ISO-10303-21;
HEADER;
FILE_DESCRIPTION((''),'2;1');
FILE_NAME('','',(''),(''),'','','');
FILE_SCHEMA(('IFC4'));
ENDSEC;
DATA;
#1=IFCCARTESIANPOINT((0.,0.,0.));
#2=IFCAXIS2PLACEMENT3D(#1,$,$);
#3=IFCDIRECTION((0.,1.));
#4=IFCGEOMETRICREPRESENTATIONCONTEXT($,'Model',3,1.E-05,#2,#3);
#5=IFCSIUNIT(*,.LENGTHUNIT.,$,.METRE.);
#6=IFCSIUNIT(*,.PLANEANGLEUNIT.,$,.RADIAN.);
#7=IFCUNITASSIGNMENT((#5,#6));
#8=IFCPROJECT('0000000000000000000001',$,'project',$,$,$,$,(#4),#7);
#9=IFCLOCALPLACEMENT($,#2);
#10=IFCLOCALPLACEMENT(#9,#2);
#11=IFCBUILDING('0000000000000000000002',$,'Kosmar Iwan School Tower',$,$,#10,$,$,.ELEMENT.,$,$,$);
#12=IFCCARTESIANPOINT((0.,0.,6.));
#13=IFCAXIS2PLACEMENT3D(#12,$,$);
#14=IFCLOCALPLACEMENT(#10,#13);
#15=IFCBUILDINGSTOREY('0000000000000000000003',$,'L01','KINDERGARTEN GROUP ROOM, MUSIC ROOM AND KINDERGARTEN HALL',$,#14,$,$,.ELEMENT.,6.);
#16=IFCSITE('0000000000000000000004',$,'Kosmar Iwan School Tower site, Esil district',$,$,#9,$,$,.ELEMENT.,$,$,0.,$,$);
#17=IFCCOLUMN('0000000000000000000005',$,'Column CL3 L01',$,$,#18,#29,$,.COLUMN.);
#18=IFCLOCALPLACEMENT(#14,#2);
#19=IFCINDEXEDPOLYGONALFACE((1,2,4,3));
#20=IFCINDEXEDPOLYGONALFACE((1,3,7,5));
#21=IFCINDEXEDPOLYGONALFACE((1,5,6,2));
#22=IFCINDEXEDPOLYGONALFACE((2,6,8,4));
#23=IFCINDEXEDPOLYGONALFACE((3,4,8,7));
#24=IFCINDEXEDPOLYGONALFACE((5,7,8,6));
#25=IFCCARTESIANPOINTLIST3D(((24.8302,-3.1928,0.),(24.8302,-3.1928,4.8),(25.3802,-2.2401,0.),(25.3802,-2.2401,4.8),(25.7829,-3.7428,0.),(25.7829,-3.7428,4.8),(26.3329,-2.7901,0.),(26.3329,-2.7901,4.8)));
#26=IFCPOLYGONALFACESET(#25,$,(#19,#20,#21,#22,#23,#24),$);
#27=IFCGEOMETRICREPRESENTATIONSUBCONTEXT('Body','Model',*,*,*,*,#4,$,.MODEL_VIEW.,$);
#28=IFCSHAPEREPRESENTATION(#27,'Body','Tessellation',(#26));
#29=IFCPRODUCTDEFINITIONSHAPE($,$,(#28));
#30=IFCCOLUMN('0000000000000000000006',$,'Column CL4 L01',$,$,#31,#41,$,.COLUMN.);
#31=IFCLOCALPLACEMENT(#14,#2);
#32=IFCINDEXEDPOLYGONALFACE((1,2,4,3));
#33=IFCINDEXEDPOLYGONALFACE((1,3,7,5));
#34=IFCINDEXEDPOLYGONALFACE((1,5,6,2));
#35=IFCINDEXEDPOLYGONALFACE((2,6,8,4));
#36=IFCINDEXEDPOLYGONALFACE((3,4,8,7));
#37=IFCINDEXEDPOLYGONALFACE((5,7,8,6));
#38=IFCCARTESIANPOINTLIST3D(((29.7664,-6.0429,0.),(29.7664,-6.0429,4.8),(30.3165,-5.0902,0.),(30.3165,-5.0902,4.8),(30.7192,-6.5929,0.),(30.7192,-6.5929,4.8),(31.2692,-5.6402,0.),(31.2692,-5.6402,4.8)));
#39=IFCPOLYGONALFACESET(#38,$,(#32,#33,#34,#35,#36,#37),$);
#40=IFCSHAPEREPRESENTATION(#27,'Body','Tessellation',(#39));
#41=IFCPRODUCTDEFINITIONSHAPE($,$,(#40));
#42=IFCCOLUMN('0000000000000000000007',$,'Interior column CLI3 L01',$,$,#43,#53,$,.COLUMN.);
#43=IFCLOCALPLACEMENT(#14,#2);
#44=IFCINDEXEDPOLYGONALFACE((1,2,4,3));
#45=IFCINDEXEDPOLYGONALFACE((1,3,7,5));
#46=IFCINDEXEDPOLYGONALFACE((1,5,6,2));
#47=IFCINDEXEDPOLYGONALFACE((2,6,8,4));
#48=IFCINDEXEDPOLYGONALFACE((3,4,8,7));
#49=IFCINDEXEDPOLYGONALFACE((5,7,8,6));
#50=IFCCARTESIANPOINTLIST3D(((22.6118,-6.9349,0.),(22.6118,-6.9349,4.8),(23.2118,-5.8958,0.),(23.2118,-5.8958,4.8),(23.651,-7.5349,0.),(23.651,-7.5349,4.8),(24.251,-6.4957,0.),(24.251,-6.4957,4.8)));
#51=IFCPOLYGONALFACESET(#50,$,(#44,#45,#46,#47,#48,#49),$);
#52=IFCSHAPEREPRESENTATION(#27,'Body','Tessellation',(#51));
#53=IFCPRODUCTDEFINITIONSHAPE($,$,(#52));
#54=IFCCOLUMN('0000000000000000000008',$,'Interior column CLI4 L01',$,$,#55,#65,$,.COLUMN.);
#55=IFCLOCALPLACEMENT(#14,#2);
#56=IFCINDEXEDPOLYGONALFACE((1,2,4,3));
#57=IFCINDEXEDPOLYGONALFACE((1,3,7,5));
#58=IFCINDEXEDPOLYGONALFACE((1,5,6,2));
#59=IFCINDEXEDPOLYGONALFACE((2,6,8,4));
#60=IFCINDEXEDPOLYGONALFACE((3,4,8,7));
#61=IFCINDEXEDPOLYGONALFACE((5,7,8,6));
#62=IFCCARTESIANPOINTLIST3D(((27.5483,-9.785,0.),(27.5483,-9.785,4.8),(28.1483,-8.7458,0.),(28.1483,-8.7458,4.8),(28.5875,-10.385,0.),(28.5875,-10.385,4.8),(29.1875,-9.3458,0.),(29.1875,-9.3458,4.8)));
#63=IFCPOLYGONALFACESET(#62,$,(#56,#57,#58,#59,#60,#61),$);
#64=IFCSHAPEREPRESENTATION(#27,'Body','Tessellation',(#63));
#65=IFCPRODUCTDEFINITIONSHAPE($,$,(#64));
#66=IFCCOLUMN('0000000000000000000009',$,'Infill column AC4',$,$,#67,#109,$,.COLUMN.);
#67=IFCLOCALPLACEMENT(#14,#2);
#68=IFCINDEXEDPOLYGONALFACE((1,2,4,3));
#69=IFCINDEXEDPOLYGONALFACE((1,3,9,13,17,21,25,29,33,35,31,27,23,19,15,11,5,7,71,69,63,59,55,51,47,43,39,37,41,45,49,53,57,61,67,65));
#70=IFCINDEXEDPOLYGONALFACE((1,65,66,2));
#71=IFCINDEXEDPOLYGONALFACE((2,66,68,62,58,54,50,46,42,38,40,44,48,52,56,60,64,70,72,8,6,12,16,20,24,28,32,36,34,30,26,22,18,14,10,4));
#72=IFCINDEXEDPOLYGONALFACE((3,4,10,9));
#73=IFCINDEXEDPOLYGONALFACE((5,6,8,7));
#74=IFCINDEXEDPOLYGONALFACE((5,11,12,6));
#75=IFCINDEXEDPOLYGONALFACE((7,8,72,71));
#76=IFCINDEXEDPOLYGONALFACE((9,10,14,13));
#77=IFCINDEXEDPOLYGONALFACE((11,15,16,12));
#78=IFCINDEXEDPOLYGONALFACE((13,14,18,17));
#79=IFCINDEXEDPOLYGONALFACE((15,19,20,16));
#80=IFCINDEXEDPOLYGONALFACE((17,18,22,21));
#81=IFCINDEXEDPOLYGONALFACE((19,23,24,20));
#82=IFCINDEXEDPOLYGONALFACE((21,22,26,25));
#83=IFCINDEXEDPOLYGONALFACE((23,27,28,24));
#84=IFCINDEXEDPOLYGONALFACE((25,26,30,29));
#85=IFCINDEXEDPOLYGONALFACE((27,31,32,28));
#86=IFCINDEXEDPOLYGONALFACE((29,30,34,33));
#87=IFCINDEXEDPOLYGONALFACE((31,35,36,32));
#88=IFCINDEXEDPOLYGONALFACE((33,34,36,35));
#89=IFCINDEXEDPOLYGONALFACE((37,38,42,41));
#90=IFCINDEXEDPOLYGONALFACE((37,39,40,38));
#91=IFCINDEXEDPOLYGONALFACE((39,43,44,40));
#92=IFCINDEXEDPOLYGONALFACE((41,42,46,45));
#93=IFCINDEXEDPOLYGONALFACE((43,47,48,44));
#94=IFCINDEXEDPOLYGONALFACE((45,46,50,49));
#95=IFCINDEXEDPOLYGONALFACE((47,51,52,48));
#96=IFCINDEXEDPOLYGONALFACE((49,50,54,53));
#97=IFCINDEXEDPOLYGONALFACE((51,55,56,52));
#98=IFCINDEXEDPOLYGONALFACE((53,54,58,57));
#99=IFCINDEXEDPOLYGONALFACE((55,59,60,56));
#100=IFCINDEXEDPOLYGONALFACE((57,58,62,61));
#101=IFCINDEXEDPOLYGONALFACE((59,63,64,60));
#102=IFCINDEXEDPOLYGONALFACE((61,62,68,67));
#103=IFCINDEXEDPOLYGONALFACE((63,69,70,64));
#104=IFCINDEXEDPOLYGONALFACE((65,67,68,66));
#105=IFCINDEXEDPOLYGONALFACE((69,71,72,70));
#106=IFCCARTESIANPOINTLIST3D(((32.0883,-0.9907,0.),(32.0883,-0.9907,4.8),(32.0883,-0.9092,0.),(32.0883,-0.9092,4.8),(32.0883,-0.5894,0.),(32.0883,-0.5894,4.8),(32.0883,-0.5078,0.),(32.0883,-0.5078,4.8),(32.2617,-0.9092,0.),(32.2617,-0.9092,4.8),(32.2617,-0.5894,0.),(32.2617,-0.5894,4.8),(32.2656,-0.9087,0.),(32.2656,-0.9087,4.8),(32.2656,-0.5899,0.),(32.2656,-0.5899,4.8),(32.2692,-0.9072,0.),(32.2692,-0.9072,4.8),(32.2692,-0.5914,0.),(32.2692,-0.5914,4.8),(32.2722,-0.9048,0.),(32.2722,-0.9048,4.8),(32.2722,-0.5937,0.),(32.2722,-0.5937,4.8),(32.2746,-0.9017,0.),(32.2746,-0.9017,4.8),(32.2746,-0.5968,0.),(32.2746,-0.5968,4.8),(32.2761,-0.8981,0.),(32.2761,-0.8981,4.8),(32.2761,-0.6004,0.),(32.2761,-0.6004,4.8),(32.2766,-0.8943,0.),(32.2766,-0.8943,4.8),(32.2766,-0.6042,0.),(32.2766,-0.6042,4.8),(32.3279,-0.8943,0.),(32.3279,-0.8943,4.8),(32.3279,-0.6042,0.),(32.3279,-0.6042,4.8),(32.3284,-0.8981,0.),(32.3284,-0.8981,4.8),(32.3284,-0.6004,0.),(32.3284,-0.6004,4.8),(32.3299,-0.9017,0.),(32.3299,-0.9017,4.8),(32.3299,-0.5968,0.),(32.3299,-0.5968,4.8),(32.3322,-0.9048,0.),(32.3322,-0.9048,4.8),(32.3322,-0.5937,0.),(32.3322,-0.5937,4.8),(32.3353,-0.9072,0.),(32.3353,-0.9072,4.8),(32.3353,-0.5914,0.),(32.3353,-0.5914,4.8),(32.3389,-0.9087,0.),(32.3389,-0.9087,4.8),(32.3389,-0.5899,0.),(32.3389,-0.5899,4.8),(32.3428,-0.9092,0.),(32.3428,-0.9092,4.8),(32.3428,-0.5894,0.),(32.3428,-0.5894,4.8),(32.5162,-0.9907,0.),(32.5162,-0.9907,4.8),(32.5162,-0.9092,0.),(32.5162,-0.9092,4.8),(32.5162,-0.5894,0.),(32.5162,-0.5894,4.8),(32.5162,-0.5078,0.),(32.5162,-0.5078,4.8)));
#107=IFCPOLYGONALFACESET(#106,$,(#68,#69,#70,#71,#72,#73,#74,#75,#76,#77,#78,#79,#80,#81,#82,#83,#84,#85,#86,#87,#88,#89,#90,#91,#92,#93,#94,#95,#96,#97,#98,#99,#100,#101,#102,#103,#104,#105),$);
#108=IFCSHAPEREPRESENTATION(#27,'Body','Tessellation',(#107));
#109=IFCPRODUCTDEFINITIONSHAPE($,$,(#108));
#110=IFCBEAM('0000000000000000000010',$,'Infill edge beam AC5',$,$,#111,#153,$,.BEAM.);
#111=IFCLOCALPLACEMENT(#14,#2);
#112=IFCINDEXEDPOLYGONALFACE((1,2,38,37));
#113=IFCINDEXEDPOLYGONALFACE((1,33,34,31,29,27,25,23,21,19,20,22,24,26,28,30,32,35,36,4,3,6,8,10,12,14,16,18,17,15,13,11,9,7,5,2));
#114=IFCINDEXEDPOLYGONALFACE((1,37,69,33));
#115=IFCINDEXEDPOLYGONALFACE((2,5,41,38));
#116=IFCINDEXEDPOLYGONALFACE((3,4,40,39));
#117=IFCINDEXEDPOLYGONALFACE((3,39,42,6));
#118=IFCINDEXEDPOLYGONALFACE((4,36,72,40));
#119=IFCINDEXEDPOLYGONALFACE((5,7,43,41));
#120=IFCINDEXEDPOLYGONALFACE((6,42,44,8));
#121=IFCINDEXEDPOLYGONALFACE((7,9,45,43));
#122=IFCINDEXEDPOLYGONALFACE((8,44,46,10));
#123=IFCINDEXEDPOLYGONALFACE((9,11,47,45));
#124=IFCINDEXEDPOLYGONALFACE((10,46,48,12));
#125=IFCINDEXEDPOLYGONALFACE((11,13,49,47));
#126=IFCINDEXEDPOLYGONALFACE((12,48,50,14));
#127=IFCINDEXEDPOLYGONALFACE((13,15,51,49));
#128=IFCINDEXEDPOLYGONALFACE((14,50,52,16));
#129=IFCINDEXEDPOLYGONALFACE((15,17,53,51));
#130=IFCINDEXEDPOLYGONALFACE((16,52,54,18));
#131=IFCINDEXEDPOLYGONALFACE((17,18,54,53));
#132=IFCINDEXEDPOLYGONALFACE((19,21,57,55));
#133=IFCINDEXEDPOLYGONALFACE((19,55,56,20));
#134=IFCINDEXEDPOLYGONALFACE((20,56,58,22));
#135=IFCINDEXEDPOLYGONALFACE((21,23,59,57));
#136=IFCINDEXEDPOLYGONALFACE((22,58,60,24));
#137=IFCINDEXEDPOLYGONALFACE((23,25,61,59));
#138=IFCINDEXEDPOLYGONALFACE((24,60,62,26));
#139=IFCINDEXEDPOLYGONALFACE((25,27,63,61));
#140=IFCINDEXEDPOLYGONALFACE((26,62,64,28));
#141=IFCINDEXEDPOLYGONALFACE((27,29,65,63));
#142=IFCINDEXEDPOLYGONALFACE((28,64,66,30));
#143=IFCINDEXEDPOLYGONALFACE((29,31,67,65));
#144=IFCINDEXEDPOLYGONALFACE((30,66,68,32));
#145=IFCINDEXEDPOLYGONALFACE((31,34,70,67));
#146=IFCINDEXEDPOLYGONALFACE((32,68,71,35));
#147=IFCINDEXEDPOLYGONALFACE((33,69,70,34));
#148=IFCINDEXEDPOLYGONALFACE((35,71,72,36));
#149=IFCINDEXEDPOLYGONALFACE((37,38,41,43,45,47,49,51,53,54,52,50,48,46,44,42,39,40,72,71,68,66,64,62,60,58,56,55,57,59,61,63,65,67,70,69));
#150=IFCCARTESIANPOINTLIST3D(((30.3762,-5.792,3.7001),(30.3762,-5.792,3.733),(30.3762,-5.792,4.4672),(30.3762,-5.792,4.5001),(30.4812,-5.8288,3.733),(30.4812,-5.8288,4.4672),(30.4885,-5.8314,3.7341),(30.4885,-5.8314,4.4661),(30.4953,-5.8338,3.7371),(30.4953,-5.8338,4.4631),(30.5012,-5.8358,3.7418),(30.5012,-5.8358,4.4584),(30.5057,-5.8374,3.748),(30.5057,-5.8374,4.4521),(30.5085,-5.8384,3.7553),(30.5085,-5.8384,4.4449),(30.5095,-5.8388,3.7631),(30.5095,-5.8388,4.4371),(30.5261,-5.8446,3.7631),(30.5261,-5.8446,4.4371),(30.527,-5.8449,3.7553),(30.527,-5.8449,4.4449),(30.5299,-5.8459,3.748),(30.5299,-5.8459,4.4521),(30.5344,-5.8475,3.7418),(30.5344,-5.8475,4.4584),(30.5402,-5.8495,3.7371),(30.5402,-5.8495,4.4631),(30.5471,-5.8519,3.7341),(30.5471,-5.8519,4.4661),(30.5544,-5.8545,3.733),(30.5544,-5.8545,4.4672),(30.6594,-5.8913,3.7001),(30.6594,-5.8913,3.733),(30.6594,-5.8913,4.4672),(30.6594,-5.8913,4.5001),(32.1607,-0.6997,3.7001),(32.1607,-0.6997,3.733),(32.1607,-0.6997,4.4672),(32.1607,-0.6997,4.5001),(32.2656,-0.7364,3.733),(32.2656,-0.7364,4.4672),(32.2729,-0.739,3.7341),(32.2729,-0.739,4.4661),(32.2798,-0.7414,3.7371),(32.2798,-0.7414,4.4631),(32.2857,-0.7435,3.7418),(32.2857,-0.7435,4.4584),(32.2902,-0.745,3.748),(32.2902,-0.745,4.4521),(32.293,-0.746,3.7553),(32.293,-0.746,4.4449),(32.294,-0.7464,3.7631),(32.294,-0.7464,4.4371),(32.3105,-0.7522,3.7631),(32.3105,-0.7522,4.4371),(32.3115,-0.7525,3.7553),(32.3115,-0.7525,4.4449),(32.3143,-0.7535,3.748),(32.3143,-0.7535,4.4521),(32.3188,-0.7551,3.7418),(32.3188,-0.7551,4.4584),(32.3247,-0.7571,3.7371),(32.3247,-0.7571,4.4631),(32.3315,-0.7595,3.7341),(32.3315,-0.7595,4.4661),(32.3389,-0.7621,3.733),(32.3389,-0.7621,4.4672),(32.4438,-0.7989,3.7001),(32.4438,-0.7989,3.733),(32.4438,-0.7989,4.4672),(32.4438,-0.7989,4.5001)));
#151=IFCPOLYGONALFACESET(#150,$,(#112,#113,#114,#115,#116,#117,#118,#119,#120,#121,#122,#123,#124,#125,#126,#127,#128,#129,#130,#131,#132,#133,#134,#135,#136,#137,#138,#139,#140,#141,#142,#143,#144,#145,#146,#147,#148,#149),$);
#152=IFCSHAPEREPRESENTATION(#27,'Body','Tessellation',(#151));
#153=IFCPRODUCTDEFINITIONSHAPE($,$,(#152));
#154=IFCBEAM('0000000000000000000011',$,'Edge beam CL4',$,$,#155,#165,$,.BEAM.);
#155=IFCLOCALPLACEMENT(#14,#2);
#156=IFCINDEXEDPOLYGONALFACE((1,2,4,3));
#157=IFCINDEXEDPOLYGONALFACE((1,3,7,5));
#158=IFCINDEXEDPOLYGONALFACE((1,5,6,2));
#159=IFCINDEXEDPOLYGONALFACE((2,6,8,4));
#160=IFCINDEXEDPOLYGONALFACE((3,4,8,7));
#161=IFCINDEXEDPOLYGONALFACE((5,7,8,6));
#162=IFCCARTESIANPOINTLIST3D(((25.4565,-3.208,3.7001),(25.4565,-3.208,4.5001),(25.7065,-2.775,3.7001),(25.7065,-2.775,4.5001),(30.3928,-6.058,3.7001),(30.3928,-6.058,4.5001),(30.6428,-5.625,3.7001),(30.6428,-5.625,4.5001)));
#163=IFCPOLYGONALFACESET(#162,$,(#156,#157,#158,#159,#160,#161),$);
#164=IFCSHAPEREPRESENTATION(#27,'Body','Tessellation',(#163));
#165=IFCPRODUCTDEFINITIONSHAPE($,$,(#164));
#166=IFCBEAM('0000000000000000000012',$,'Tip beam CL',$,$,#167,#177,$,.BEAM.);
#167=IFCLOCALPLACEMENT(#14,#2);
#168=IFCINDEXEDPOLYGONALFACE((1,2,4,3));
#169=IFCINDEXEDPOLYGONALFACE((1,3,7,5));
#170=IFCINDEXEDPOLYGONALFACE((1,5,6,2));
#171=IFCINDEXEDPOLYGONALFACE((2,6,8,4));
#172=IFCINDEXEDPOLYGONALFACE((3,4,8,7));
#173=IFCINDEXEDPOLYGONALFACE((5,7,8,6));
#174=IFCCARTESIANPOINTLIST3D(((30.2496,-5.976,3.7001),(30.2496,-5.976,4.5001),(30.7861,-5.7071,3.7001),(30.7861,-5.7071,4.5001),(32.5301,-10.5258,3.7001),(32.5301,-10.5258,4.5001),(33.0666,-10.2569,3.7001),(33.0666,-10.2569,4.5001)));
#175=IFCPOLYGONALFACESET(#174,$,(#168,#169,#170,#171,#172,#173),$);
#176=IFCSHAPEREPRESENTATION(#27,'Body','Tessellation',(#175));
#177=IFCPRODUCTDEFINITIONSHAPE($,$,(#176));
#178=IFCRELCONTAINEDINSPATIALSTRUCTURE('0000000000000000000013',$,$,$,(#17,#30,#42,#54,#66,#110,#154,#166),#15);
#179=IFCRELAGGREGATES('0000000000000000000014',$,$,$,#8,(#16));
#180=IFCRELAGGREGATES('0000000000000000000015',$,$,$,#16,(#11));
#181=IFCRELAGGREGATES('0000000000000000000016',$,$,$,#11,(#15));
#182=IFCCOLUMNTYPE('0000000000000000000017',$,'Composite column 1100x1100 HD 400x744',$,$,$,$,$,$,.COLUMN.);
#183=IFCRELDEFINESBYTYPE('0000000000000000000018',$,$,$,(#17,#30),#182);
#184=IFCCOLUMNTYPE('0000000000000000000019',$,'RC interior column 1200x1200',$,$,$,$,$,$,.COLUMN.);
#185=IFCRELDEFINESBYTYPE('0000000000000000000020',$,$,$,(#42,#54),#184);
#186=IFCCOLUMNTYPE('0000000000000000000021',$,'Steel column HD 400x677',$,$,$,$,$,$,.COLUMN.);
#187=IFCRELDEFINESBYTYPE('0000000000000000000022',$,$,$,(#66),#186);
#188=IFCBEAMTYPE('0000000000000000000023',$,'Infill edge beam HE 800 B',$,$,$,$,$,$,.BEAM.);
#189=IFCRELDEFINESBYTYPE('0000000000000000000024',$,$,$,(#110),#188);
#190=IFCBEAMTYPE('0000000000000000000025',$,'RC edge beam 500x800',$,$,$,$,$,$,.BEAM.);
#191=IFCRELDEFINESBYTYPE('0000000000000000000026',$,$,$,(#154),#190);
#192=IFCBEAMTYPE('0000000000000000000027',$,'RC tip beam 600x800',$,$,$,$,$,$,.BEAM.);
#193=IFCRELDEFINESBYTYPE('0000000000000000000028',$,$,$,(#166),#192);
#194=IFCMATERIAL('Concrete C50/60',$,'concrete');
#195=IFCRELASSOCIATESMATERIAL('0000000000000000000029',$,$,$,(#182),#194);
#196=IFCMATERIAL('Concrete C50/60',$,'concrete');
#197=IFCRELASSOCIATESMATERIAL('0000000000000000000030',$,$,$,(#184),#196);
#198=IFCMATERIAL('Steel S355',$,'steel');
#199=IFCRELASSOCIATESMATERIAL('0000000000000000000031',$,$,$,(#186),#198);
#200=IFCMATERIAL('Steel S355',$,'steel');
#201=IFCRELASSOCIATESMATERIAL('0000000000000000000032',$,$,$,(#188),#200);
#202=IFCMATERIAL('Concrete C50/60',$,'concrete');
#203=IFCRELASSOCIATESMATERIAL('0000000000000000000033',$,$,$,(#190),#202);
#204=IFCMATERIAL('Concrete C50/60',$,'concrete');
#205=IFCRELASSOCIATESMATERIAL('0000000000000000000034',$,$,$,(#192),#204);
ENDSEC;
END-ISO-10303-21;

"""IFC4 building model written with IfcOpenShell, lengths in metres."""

from ifc_helpers import new_model, si_unit, direction, frame, origin, origin_2d, place, context, subcontext, project, spatial, rectangle, i_section, extrude, material, material_profile, profile_set, type_object, element, save


model = new_model("IFC4")

# Units and contexts
model_context = context("Model", 3, precision=1e-05, world=origin(), true_north=direction((0.0, 1.0)))
body_context = subcontext(model_context, "Body", "Model", "MODEL_VIEW")
ifc_project = project(units=[si_unit("LENGTHUNIT", "METRE"), si_unit("PLANEANGLEUNIT", "RADIAN")], contexts=[model_context])

# Site, building, storey
site_placement = place(None, origin())
site = spatial("IfcSite", under=ifc_project, at=site_placement, Name="Kosmar Iwan School Tower site, Esil district", CompositionType="ELEMENT", RefElevation=0.0)
building_placement = place(site_placement, origin())
building = spatial("IfcBuilding", under=site, at=building_placement, Name="Kosmar Iwan School Tower", CompositionType="ELEMENT")
storey_placement = place(building_placement, frame((0.0, 0.0, 6.0)))
storey = spatial("IfcBuildingStorey", under=building, at=storey_placement, Name="L01", Description="KINDERGARTEN GROUP ROOM, MUSIC ROOM AND KINDERGARTEN HALL", CompositionType="ELEMENT", Elevation=6.0)

# Columns
ifc_material_1 = material(Name="Concrete C50/60", Category="concrete")
ifc_material_profile_1 = material_profile(ifc_material_1, rectangle(XDim=1.1001, YDim=1.1001, at=origin_2d()), Name="RC 1100x1100 + HD 400x744")
ifc_profile_set_1 = profile_set([ifc_material_profile_1], Name="Concrete C50/60")
column_type_1 = type_object("IfcColumnType", Name="Composite column 1100x1100 HD 400x744", PredefinedType="COLUMN", material=ifc_profile_set_1)
for number, where, z_axis, x_axis, name in (
    (1, (25.5815, -2.9915, 0.0), (0.0, 0.0, 1.0), (0.866025, -0.5, 0.0), "Column CL3 L01"),
    (2, (30.5178, -5.8416, 0.0), (0.0, 0.0, 1.0), (0.866025, -0.5, 0.0), "Column CL4 L01"),
):
    element("IfcColumn", number, at=place(storey_placement, frame(where, z_axis=z_axis, x_axis=x_axis)), inside=storey, type_object=column_type_1, Name=name, PredefinedType="COLUMN", context=body_context, shape_type="SweptSolid", body=[
        extrude(rectangle(XDim=1.1001, YDim=1.1001, at=origin_2d()), origin(), (0.0, 0.0, 1.0), 4.8),
    ])
ifc_material_2 = material(Name="Concrete C50/60", Category="concrete")
ifc_material_profile_2 = material_profile(ifc_material_2, rectangle(XDim=1.2, YDim=1.2, at=origin_2d()), Name="RC 1200x1200")
ifc_profile_set_2 = profile_set([ifc_material_profile_2], Name="Concrete C50/60")
column_type_2 = type_object("IfcColumnType", Name="RC interior column 1200x1200", PredefinedType="COLUMN", material=ifc_profile_set_2)
for number, where, z_axis, x_axis, name in (
    (3, (23.4314, -6.7153, 0.0), (0.0, 0.0, 1.0), (0.866025, -0.5, 0.0), "Interior column CLI3 L01"),
    (4, (28.3679, -9.5654, 0.0), (0.0, 0.0, 1.0), (0.866025, -0.5, 0.0), "Interior column CLI4 L01"),
):
    element("IfcColumn", number, at=place(storey_placement, frame(where, z_axis=z_axis, x_axis=x_axis)), inside=storey, type_object=column_type_2, Name=name, PredefinedType="COLUMN", context=body_context, shape_type="SweptSolid", body=[
        extrude(rectangle(XDim=1.2, YDim=1.2, at=origin_2d()), origin(), (0.0, 0.0, 1.0), 4.8),
    ])
ifc_material_3 = material(Name="Steel S355", Category="steel")
ifc_material_profile_3 = material_profile(ifc_material_3, i_section(OverallWidth=0.428, OverallDepth=0.4829, WebThickness=0.0513, FlangeThickness=0.0815, FilletRadius=0.0149, at=origin_2d()), Name="HD 400x677")
ifc_profile_set_3 = profile_set([ifc_material_profile_3], Name="Steel S355")
column_type_3 = type_object("IfcColumnType", Name="Steel column HD 400x677", PredefinedType="COLUMN", material=ifc_profile_set_3)
column_placement = place(storey_placement, frame((32.3022, -0.7493, 0.0), z_axis=(0.0, 0.0, 1.0), x_axis=(1.0, 0.0, 0.0)))
element("IfcColumn", 5, at=column_placement, inside=storey, type_object=column_type_3, Name="Infill column AC4", PredefinedType="COLUMN", context=body_context, shape_type="SweptSolid", body=[
    extrude(i_section(OverallWidth=0.428, OverallDepth=0.4829, WebThickness=0.0513, FlangeThickness=0.0815, FilletRadius=0.0149, at=origin_2d()), origin(), (0.0, 0.0, 1.0), 4.8),
])

# Beams
ifc_material_4 = material(Name="Steel S355", Category="steel")
ifc_material_profile_4 = material_profile(ifc_material_4, i_section(OverallWidth=0.3, OverallDepth=0.8, WebThickness=0.0176, FlangeThickness=0.033, FilletRadius=0.03, at=origin_2d()), Name="HE 800 B")
ifc_profile_set_4 = profile_set([ifc_material_profile_4], Name="Steel S355")
beam_type_1 = type_object("IfcBeamType", Name="Infill edge beam HE 800 B", PredefinedType="BEAM", material=ifc_profile_set_4)
beam_1_placement = place(storey_placement, frame((32.3022, -0.7493, 4.1001), z_axis=(-0.330701, -0.943736, 0.0), x_axis=(0.943736, -0.330701, 0.0)))
element("IfcBeam", 6, at=beam_1_placement, inside=storey, type_object=beam_type_1, Name="Infill edge beam AC5", PredefinedType="BEAM", context=body_context, shape_type="SweptSolid", body=[
    extrude(i_section(OverallWidth=0.3, OverallDepth=0.8, WebThickness=0.0176, FlangeThickness=0.033, FilletRadius=0.03, at=origin_2d()), origin(), (0.0, 0.0, 1.0), 5.396),
])
ifc_material_5 = material(Name="Concrete C50/60", Category="concrete")
ifc_material_profile_5 = material_profile(ifc_material_5, rectangle(XDim=0.5, YDim=0.8, at=origin_2d()), Name="RC 500x800")
ifc_profile_set_5 = profile_set([ifc_material_profile_5], Name="Concrete C50/60")
beam_type_2 = type_object("IfcBeamType", Name="RC edge beam 500x800", PredefinedType="BEAM", material=ifc_profile_set_5)
beam_2_placement = place(storey_placement, frame((25.5815, -2.9915, 4.1001), z_axis=(0.866015, -0.500018, 0.0), x_axis=(0.500018, 0.866015, 0.0)))
element("IfcBeam", 7, at=beam_2_placement, inside=storey, type_object=beam_type_2, Name="Edge beam CL4", PredefinedType="BEAM", context=body_context, shape_type="SweptSolid", body=[
    extrude(rectangle(XDim=0.5, YDim=0.8, at=origin_2d()), origin(), (0.0, 0.0, 1.0), 5.7),
])
ifc_material_6 = material(Name="Concrete C50/60", Category="concrete")
ifc_material_profile_6 = material_profile(ifc_material_6, rectangle(XDim=0.6001, YDim=0.8, at=origin_2d()), Name="RC 600x800")
ifc_profile_set_6 = profile_set([ifc_material_profile_6], Name="Concrete C50/60")
beam_type_3 = type_object("IfcBeamType", Name="RC tip beam 600x800", PredefinedType="BEAM", material=ifc_profile_set_6)
beam_3_placement = place(storey_placement, frame((30.5178, -5.8416, 4.1001), z_axis=(0.448096, -0.893985, 0.0), x_axis=(0.893985, 0.448096, 0.0)))
element("IfcBeam", 8, at=beam_3_placement, inside=storey, type_object=beam_type_3, Name="Tip beam CL", PredefinedType="BEAM", context=body_context, shape_type="SweptSolid", body=[
    extrude(rectangle(XDim=0.6001, YDim=0.8, at=origin_2d()), origin(), (0.0, 0.0, 1.0), 5.0894),
])

save(model, "model.ifc")
